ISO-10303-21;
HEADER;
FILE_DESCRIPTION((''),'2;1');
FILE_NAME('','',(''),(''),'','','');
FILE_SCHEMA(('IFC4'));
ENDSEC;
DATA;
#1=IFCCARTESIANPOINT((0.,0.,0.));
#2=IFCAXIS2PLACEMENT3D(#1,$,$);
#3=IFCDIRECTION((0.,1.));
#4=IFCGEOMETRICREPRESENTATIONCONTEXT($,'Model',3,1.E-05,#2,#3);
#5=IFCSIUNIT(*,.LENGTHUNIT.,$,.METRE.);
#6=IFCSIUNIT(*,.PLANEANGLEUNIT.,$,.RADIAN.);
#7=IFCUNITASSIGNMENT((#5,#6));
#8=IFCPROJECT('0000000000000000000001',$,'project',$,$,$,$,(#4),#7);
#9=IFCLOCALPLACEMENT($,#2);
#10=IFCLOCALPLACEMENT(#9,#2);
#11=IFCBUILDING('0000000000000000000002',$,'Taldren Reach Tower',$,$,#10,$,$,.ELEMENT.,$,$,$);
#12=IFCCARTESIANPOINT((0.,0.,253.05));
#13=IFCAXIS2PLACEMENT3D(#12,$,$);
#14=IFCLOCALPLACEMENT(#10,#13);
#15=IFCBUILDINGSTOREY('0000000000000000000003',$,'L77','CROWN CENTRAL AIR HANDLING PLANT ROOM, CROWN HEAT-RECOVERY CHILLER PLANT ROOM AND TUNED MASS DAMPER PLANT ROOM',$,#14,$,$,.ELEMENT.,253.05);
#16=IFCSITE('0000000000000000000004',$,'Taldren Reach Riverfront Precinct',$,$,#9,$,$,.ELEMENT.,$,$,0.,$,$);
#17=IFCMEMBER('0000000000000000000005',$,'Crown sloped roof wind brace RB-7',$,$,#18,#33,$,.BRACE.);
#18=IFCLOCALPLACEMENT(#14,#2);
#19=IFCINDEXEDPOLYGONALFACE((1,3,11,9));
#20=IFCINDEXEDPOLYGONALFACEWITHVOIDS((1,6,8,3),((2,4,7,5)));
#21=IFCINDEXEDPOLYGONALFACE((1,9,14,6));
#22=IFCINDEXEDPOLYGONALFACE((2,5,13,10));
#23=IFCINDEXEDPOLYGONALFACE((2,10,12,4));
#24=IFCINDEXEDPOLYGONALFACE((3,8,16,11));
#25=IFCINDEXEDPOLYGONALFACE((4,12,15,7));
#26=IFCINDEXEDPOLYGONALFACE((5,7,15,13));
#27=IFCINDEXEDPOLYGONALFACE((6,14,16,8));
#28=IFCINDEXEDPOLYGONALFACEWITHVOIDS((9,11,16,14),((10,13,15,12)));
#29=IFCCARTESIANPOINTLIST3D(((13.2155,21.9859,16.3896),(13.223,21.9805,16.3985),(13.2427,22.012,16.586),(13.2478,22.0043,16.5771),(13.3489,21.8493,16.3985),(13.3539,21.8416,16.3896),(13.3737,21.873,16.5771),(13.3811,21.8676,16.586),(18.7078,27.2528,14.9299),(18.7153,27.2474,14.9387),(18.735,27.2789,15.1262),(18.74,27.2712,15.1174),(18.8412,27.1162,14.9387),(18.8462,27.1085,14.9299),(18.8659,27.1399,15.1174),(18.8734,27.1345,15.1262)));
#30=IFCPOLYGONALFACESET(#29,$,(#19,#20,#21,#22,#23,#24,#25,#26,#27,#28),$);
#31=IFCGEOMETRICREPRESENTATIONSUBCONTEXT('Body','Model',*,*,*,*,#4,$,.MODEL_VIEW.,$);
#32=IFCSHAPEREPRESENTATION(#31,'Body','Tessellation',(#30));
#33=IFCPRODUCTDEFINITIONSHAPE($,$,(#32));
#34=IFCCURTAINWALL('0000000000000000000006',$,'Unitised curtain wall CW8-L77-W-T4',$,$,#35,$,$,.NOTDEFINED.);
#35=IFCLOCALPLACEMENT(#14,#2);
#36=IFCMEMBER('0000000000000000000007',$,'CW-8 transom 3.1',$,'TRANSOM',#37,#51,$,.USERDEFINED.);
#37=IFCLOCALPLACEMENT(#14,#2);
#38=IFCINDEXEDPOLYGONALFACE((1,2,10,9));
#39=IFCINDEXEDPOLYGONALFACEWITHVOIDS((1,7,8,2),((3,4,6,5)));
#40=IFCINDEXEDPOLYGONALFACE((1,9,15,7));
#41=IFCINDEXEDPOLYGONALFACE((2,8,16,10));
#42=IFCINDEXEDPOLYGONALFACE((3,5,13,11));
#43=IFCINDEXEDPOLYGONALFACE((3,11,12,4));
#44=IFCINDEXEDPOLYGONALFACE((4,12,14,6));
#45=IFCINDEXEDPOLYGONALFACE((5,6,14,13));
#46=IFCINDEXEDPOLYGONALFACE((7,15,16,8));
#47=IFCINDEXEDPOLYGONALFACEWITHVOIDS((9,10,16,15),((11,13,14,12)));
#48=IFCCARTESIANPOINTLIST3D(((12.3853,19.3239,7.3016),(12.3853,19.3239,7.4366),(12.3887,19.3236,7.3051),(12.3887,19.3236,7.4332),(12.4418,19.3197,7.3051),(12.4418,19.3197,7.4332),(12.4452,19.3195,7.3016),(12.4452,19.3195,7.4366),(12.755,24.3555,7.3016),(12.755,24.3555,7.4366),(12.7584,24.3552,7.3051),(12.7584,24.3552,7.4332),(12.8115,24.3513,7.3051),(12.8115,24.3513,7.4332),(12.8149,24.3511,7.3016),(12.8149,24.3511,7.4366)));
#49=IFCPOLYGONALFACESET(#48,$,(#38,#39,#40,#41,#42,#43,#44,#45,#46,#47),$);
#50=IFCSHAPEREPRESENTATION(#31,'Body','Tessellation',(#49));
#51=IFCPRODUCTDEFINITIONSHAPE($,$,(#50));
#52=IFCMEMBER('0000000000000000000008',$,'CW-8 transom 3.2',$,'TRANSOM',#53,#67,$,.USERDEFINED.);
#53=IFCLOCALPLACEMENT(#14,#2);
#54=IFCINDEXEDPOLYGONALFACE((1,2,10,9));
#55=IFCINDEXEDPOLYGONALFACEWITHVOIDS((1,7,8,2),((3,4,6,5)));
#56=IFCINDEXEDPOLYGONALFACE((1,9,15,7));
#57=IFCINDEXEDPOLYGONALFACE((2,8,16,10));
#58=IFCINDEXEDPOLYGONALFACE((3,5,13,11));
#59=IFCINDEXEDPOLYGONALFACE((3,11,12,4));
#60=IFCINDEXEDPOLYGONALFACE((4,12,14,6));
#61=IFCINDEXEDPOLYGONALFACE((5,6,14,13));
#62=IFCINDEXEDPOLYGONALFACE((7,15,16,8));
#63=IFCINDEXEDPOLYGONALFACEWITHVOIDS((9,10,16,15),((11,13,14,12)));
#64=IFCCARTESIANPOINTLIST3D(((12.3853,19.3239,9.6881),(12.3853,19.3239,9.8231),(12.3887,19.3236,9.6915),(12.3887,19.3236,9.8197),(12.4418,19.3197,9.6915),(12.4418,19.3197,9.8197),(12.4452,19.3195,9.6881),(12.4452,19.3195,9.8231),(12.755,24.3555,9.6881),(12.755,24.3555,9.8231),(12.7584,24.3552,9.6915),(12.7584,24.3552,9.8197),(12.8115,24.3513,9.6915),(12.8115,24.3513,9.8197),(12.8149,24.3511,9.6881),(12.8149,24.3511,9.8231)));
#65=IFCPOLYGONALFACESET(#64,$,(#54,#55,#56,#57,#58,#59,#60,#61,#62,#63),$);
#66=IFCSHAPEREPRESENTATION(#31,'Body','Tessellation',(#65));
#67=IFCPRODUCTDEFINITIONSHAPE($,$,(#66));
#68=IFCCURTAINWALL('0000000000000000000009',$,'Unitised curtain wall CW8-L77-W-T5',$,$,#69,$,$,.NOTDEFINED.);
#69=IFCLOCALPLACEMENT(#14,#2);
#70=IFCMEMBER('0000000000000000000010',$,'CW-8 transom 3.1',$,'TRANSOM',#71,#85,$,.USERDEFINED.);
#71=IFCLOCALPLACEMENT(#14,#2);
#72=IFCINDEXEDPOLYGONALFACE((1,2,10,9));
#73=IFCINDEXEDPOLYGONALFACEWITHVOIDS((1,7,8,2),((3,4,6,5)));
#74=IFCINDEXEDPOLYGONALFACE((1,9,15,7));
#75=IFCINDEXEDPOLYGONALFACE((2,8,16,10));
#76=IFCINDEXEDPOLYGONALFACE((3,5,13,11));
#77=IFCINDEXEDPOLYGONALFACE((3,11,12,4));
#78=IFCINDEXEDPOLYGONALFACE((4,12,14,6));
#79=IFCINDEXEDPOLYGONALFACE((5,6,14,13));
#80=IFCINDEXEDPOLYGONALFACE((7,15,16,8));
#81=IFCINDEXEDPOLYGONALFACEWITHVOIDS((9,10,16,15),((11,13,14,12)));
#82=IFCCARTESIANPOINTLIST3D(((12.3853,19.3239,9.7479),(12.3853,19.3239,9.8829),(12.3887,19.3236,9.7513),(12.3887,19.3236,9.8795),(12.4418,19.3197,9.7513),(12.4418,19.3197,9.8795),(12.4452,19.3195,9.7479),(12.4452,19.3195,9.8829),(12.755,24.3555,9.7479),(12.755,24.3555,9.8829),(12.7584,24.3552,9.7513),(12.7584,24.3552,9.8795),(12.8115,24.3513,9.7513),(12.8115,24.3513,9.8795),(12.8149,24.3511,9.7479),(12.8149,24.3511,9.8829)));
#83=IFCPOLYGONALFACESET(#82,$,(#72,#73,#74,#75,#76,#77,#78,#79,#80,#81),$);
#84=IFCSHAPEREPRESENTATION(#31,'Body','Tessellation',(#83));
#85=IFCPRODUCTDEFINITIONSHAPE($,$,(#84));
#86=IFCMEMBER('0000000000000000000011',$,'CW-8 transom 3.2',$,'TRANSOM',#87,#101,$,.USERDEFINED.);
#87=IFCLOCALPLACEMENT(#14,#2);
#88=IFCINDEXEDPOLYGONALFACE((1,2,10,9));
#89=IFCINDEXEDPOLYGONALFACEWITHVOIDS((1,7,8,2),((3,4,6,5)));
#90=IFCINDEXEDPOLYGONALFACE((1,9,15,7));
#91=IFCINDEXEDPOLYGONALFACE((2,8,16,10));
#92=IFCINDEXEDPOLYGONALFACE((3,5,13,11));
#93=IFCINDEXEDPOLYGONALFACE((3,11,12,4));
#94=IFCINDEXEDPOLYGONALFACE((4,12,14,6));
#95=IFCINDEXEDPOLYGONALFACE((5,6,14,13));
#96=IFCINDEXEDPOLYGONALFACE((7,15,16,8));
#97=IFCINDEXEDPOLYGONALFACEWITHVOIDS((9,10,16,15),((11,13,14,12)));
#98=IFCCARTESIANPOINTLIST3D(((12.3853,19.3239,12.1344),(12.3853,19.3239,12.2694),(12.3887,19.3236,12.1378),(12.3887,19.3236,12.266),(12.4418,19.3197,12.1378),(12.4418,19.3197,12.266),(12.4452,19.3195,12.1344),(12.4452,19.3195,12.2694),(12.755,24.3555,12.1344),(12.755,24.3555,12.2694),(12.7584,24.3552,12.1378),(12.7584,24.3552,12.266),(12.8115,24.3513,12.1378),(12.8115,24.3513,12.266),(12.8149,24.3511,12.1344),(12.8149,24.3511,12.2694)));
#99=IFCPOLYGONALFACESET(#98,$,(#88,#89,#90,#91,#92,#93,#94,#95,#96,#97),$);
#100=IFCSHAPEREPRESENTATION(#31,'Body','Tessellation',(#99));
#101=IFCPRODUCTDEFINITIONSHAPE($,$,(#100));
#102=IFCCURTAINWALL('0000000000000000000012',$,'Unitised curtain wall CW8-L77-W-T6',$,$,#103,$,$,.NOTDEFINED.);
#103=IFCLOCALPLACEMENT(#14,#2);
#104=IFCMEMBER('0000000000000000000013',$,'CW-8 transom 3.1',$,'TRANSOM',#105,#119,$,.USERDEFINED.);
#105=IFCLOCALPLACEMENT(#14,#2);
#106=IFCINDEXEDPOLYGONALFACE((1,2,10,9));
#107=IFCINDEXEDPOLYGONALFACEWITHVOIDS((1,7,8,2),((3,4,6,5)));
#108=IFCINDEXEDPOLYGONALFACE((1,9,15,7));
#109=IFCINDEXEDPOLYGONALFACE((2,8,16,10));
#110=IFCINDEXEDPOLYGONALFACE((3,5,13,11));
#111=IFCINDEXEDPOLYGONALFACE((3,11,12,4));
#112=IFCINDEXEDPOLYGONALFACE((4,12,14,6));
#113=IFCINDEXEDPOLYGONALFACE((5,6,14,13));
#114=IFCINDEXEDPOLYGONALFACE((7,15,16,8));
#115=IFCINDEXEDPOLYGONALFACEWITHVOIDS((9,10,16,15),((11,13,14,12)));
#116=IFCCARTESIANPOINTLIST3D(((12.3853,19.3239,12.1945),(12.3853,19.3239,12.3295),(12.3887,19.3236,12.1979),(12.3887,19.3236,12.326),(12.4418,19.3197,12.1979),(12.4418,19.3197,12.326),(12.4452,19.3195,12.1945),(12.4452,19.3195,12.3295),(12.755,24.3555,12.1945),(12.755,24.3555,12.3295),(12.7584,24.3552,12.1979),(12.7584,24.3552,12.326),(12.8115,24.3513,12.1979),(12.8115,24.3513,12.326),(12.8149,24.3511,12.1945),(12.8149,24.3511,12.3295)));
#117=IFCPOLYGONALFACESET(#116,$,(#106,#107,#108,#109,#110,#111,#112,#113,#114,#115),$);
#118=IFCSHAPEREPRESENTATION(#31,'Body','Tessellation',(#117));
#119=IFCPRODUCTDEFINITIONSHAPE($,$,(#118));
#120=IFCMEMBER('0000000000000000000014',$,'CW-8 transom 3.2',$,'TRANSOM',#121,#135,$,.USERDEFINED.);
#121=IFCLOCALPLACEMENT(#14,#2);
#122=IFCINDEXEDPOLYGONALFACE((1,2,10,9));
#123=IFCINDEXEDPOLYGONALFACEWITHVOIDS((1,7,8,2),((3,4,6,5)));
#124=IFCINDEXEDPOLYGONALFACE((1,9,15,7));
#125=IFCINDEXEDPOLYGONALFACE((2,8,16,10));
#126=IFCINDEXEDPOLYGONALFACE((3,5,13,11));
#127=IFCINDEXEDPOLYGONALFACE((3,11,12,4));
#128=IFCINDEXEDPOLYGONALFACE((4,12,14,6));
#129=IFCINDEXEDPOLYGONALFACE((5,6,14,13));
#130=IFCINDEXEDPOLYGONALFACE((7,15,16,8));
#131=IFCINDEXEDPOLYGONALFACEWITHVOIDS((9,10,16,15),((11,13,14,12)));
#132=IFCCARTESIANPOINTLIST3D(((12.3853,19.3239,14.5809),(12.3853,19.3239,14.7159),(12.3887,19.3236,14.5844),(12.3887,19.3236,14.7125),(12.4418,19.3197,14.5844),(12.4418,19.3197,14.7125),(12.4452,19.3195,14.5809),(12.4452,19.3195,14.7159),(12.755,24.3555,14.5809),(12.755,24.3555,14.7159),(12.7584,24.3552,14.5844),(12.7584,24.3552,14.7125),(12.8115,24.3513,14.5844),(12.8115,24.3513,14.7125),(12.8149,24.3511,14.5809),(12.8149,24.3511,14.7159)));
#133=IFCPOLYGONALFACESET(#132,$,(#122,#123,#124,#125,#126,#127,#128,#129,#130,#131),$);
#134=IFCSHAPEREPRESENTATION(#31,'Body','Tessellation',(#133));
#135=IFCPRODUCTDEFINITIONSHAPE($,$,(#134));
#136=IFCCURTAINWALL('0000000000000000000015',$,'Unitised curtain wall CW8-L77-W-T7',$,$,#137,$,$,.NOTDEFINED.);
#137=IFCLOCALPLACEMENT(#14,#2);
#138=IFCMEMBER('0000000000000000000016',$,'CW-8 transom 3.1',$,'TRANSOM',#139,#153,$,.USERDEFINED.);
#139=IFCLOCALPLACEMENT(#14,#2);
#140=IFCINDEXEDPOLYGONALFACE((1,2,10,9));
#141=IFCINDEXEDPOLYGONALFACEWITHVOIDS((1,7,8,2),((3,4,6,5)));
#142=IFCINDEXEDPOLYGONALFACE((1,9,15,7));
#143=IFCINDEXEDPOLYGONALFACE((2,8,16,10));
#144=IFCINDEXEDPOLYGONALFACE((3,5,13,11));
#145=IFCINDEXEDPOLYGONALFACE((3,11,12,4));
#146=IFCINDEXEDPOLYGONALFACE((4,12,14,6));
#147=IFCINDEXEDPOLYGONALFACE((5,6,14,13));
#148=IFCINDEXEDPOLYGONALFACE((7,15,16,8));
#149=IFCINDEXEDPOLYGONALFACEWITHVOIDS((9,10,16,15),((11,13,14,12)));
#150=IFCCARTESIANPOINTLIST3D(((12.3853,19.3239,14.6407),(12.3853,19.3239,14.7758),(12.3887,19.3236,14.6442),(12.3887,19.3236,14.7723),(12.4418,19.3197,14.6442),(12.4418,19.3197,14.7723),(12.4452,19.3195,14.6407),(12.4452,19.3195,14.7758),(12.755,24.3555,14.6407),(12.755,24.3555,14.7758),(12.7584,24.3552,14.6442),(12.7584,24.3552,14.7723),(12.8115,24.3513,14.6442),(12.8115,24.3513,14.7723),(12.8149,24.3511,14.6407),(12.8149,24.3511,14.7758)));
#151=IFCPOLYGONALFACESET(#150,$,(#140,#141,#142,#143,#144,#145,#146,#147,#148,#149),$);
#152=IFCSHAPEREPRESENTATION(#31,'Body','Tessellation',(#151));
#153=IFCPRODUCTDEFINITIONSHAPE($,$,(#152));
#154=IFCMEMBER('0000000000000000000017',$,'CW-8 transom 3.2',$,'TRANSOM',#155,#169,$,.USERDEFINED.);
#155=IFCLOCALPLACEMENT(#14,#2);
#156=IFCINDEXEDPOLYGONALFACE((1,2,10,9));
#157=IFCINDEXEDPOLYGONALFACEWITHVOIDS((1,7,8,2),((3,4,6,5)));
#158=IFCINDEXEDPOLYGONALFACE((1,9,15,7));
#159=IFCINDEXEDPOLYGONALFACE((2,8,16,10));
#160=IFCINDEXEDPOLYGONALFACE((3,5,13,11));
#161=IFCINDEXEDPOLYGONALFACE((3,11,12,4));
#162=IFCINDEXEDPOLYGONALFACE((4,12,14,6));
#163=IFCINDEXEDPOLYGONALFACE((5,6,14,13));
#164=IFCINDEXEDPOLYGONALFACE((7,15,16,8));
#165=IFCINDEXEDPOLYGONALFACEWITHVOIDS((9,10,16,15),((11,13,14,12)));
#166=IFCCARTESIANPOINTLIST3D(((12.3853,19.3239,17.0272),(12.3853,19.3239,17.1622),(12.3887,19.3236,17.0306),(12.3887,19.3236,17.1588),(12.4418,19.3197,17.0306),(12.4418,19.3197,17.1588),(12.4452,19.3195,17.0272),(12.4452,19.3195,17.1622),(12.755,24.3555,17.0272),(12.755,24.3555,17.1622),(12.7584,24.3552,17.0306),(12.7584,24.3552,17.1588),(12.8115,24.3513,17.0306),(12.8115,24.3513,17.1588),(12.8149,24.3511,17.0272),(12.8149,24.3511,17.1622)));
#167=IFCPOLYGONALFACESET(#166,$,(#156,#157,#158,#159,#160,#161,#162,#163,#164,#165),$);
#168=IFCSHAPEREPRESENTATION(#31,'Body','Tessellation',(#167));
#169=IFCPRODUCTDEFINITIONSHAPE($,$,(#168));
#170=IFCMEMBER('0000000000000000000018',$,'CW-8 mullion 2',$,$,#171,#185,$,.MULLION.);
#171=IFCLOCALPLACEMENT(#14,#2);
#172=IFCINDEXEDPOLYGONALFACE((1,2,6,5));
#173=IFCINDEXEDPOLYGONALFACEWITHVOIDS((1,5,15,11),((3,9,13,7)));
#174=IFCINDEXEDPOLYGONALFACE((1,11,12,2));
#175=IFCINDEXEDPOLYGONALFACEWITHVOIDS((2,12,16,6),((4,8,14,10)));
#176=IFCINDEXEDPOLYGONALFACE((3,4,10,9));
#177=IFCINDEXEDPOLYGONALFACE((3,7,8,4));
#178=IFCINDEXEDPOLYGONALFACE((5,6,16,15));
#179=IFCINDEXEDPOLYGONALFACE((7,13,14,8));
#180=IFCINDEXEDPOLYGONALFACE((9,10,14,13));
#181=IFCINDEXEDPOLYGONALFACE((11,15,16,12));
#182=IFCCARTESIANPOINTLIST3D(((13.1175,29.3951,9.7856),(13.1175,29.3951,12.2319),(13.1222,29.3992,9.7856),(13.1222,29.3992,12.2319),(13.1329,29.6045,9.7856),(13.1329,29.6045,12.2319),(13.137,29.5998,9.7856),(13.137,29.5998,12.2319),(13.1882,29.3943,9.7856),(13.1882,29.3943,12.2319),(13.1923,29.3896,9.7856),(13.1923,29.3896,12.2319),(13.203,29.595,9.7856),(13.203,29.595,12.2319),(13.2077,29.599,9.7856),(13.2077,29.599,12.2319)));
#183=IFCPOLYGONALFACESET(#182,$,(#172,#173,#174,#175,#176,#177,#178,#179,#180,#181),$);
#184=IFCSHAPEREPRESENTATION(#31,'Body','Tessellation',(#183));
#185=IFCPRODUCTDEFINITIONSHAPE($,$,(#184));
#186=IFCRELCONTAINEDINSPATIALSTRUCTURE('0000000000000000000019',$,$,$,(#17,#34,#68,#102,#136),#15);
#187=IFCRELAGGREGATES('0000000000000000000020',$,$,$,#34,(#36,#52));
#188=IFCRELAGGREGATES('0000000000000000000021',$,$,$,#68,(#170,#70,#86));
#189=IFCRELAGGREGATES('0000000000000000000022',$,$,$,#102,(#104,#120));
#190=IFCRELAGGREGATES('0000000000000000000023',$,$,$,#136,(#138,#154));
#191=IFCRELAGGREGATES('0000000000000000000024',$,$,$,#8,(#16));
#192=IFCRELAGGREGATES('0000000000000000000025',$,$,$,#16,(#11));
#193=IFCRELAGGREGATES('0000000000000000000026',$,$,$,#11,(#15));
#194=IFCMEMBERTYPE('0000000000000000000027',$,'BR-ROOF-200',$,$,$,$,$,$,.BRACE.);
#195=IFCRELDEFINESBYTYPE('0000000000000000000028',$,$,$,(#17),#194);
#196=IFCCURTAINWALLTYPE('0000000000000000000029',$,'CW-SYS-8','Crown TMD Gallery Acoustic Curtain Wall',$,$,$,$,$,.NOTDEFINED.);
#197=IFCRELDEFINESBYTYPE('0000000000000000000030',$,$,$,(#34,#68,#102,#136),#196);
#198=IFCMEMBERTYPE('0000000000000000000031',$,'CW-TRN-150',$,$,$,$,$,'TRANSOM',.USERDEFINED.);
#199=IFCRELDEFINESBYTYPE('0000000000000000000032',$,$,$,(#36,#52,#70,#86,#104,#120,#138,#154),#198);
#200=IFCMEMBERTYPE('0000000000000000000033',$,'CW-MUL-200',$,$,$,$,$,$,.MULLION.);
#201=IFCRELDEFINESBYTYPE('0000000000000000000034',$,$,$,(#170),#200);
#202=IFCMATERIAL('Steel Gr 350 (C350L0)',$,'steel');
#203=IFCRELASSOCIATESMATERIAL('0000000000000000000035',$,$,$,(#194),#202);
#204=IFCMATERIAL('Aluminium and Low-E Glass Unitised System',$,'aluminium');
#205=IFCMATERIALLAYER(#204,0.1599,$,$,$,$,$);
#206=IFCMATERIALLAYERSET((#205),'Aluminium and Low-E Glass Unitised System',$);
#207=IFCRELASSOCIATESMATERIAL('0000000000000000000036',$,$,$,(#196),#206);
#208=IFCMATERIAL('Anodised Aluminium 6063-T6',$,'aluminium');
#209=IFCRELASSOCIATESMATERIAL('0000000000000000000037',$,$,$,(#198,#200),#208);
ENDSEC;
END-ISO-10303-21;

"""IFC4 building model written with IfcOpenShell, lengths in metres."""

from ifc_helpers import new_model, si_unit, direction, frame, origin, origin_2d, place, context, subcontext, project, spatial, hollow_rectangle, extrude, source, transform, mapped, material, layer, layer_set, material_profile, profile_set, type_object, element, aggregate, save


model = new_model("IFC4")

# Units and contexts
model_context = context("Model", 3, precision=1e-05, world=origin(), true_north=direction((0.0, 1.0)))
body_context = subcontext(model_context, "Body", "Model", "MODEL_VIEW")
ifc_project = project(units=[si_unit("LENGTHUNIT", "METRE"), si_unit("PLANEANGLEUNIT", "RADIAN")], contexts=[model_context])

# Site, building, storey
site_placement = place(None, origin())
site = spatial("IfcSite", under=ifc_project, at=site_placement, Name="Taldren Reach Riverfront Precinct", CompositionType="ELEMENT", RefElevation=0.0)
building_placement = place(site_placement, origin())
building = spatial("IfcBuilding", under=site, at=building_placement, Name="Taldren Reach Tower", CompositionType="ELEMENT")
storey_placement = place(building_placement, frame((0.0, 0.0, 253.05)))
storey = spatial("IfcBuildingStorey", under=building, at=storey_placement, Name="L77", Description="CROWN CENTRAL AIR HANDLING PLANT ROOM, CROWN HEAT-RECOVERY CHILLER PLANT ROOM AND TUNED MASS DAMPER PLANT ROOM", CompositionType="ELEMENT", Elevation=253.05)

# Member
ifc_material_1 = material(Name="Steel Gr 350 (C350L0)", Category="steel")
ifc_material_profile_1 = material_profile(ifc_material_1, hollow_rectangle(XDim=0.2, YDim=0.2, WallThickness=0.009, at=origin_2d()), Name="200x200x9.0SHS")
ifc_profile_set_1 = profile_set([ifc_material_profile_1], Name="Steel Gr 350 (C350L0)")
member_type_1 = type_object("IfcMemberType", Name="BR-ROOF-200", PredefinedType="BRACE", material=ifc_profile_set_1)
shared_shape_1 = source(origin(), body_context, "Body", "SweptSolid", [
    extrude(hollow_rectangle(XDim=0.2, YDim=0.2, WallThickness=0.009, at=origin_2d()), origin(), (0.0, 0.0, 1.0), 7.7483),
])
member_1_placement = place(storey_placement, frame((13.2983, 21.9268, 16.4878), z_axis=(0.708834, 0.679751, -0.188394), x_axis=(-0.692145, 0.721758, 0.0)))
element("IfcMember", 1, at=member_1_placement, inside=storey, type_object=member_type_1, Name="Crown sloped roof wind brace RB-7", PredefinedType="BRACE", context=body_context, shape_type="MappedRepresentation", body=[
    mapped(shared_shape_1, transform((0.0, 0.0, 0.0), scale=1.0)),
])

# Curtain walls, members
ifc_material_2 = material(Name="Aluminium and Low-E Glass Unitised System", Category="aluminium")
ifc_layer_1 = layer(ifc_material_2, 0.1599)
ifc_layer_set_1 = layer_set([ifc_layer_1], Name="Aluminium and Low-E Glass Unitised System")
curtain_wall_type = type_object("IfcCurtainWallType", Name="CW-SYS-8", Description="Crown TMD Gallery Acoustic Curtain Wall", PredefinedType="NOTDEFINED", material=ifc_layer_set_1)
curtain_wall_1_placement = place(storey_placement, origin())
curtain_wall_1 = element("IfcCurtainWall", 2, at=curtain_wall_1_placement, inside=storey, type_object=curtain_wall_type, Name="Unitised curtain wall CW8-L77-W-T4", PredefinedType="NOTDEFINED")
ifc_material_3 = material(Name="Anodised Aluminium 6063-T6", Category="aluminium")
ifc_material_profile_2 = material_profile(ifc_material_3, hollow_rectangle(XDim=0.0601, YDim=0.135, WallThickness=0.0034, at=origin_2d()), Name="ALU-135x60x3.5RHS")
ifc_profile_set_2 = profile_set([ifc_material_profile_2], Name="Anodised Aluminium 6063-T6")
member_type_2 = type_object("IfcMemberType", Name="CW-TRN-150", ElementType="TRANSOM", PredefinedType="USERDEFINED", material=ifc_profile_set_2)
shared_shape_2 = source(origin(), body_context, "Body", "SweptSolid", [
    extrude(hollow_rectangle(XDim=0.0601, YDim=0.135, WallThickness=0.0034, at=origin_2d()), origin(), (0.0, 0.0, 1.0), 5.0452),
])
member_2_placement = place(storey_placement, frame((12.7849, 24.3533, 7.3691), z_axis=(-0.073266, -0.997312, 0.0), x_axis=(0.997312, -0.073266, 0.0)))
member_2 = element("IfcMember", 3, at=member_2_placement, type_object=member_type_2, Name="CW-8 transom 3.1", ObjectType="TRANSOM", PredefinedType="USERDEFINED", context=body_context, shape_type="MappedRepresentation", body=[
    mapped(shared_shape_2, transform((0.0, 0.0, 0.0), scale=1.0)),
])
member_3_placement = place(storey_placement, frame((12.7849, 24.3533, 9.7556), z_axis=(-0.073266, -0.997312, 0.0), x_axis=(0.997312, -0.073266, 0.0)))
member_3 = element("IfcMember", 4, at=member_3_placement, type_object=member_type_2, Name="CW-8 transom 3.2", ObjectType="TRANSOM", PredefinedType="USERDEFINED", context=body_context, shape_type="MappedRepresentation", body=[
    mapped(shared_shape_2, transform((0.0, 0.0, 0.0), scale=1.0)),
])
curtain_wall_2_placement = place(storey_placement, origin())
curtain_wall_2 = element("IfcCurtainWall", 5, at=curtain_wall_2_placement, inside=storey, type_object=curtain_wall_type, Name="Unitised curtain wall CW8-L77-W-T5", PredefinedType="NOTDEFINED")
member_4_placement = place(storey_placement, frame((12.7849, 24.3533, 9.8154), z_axis=(-0.073266, -0.997312, 0.0), x_axis=(0.997312, -0.073266, 0.0)))
member_4 = element("IfcMember", 6, at=member_4_placement, type_object=member_type_2, Name="CW-8 transom 3.1", ObjectType="TRANSOM", PredefinedType="USERDEFINED", context=body_context, shape_type="MappedRepresentation", body=[
    mapped(shared_shape_2, transform((0.0, 0.0, 0.0), scale=1.0)),
])
member_5_placement = place(storey_placement, frame((12.7849, 24.3533, 12.2019), z_axis=(-0.073266, -0.997312, 0.0), x_axis=(0.997312, -0.073266, 0.0)))
member_5 = element("IfcMember", 7, at=member_5_placement, type_object=member_type_2, Name="CW-8 transom 3.2", ObjectType="TRANSOM", PredefinedType="USERDEFINED", context=body_context, shape_type="MappedRepresentation", body=[
    mapped(shared_shape_2, transform((0.0, 0.0, 0.0), scale=1.0)),
])
curtain_wall_3_placement = place(storey_placement, origin())
curtain_wall_3 = element("IfcCurtainWall", 8, at=curtain_wall_3_placement, inside=storey, type_object=curtain_wall_type, Name="Unitised curtain wall CW8-L77-W-T6", PredefinedType="NOTDEFINED")
member_6_placement = place(storey_placement, frame((12.7849, 24.3533, 12.262), z_axis=(-0.073266, -0.997312, 0.0), x_axis=(0.997312, -0.073266, 0.0)))
member_6 = element("IfcMember", 9, at=member_6_placement, type_object=member_type_2, Name="CW-8 transom 3.1", ObjectType="TRANSOM", PredefinedType="USERDEFINED", context=body_context, shape_type="MappedRepresentation", body=[
    mapped(shared_shape_2, transform((0.0, 0.0, 0.0), scale=1.0)),
])
member_7_placement = place(storey_placement, frame((12.7849, 24.3533, 14.6484), z_axis=(-0.073266, -0.997312, 0.0), x_axis=(0.997312, -0.073266, 0.0)))
member_7 = element("IfcMember", 10, at=member_7_placement, type_object=member_type_2, Name="CW-8 transom 3.2", ObjectType="TRANSOM", PredefinedType="USERDEFINED", context=body_context, shape_type="MappedRepresentation", body=[
    mapped(shared_shape_2, transform((0.0, 0.0, 0.0), scale=1.0)),
])
curtain_wall_4_placement = place(storey_placement, origin())
curtain_wall_4 = element("IfcCurtainWall", 11, at=curtain_wall_4_placement, inside=storey, type_object=curtain_wall_type, Name="Unitised curtain wall CW8-L77-W-T7", PredefinedType="NOTDEFINED")
member_8_placement = place(storey_placement, frame((12.7849, 24.3533, 14.7083), z_axis=(-0.073266, -0.997312, 0.0), x_axis=(0.997312, -0.073266, 0.0)))
member_8 = element("IfcMember", 12, at=member_8_placement, type_object=member_type_2, Name="CW-8 transom 3.1", ObjectType="TRANSOM", PredefinedType="USERDEFINED", context=body_context, shape_type="MappedRepresentation", body=[
    mapped(shared_shape_2, transform((0.0, 0.0, 0.0), scale=1.0)),
])
member_9_placement = place(storey_placement, frame((12.7849, 24.3533, 17.0947), z_axis=(-0.073266, -0.997312, 0.0), x_axis=(0.997312, -0.073266, 0.0)))
member_9 = element("IfcMember", 13, at=member_9_placement, type_object=member_type_2, Name="CW-8 transom 3.2", ObjectType="TRANSOM", PredefinedType="USERDEFINED", context=body_context, shape_type="MappedRepresentation", body=[
    mapped(shared_shape_2, transform((0.0, 0.0, 0.0), scale=1.0)),
])

# Member
ifc_material_profile_3 = material_profile(ifc_material_3, hollow_rectangle(XDim=0.075, YDim=0.21, WallThickness=0.0044, at=origin_2d()), Name="ALU-210x75x4.5RHS")
ifc_profile_set_3 = profile_set([ifc_material_profile_3], Name="Anodised Aluminium 6063-T6")
member_type_3 = type_object("IfcMemberType", Name="CW-MUL-200", PredefinedType="MULLION", material=ifc_profile_set_3)
shared_shape_3 = source(origin(), body_context, "Body", "SweptSolid", [
    extrude(hollow_rectangle(XDim=0.075, YDim=0.21, WallThickness=0.0044, at=origin_2d()), origin(), (0.0, 0.0, 1.0), 2.4463),
])
member_10_placement = place(storey_placement, frame((13.1626, 29.4971, 9.7856), z_axis=(0.0, 0.0, 1.0), x_axis=(0.997314, -0.073238, 0.0)))
member_10 = element("IfcMember", 14, at=member_10_placement, type_object=member_type_3, Name="CW-8 mullion 2", PredefinedType="MULLION", context=body_context, shape_type="MappedRepresentation", body=[
    mapped(shared_shape_3, transform((0.0, 0.0, 0.0), scale=1.0)),
])

aggregate(curtain_wall_1, [member_2, member_3])
aggregate(curtain_wall_2, [member_10, member_4, member_5])
aggregate(curtain_wall_3, [member_6, member_7])
aggregate(curtain_wall_4, [member_8, member_9])

save(model, "model.ifc")
